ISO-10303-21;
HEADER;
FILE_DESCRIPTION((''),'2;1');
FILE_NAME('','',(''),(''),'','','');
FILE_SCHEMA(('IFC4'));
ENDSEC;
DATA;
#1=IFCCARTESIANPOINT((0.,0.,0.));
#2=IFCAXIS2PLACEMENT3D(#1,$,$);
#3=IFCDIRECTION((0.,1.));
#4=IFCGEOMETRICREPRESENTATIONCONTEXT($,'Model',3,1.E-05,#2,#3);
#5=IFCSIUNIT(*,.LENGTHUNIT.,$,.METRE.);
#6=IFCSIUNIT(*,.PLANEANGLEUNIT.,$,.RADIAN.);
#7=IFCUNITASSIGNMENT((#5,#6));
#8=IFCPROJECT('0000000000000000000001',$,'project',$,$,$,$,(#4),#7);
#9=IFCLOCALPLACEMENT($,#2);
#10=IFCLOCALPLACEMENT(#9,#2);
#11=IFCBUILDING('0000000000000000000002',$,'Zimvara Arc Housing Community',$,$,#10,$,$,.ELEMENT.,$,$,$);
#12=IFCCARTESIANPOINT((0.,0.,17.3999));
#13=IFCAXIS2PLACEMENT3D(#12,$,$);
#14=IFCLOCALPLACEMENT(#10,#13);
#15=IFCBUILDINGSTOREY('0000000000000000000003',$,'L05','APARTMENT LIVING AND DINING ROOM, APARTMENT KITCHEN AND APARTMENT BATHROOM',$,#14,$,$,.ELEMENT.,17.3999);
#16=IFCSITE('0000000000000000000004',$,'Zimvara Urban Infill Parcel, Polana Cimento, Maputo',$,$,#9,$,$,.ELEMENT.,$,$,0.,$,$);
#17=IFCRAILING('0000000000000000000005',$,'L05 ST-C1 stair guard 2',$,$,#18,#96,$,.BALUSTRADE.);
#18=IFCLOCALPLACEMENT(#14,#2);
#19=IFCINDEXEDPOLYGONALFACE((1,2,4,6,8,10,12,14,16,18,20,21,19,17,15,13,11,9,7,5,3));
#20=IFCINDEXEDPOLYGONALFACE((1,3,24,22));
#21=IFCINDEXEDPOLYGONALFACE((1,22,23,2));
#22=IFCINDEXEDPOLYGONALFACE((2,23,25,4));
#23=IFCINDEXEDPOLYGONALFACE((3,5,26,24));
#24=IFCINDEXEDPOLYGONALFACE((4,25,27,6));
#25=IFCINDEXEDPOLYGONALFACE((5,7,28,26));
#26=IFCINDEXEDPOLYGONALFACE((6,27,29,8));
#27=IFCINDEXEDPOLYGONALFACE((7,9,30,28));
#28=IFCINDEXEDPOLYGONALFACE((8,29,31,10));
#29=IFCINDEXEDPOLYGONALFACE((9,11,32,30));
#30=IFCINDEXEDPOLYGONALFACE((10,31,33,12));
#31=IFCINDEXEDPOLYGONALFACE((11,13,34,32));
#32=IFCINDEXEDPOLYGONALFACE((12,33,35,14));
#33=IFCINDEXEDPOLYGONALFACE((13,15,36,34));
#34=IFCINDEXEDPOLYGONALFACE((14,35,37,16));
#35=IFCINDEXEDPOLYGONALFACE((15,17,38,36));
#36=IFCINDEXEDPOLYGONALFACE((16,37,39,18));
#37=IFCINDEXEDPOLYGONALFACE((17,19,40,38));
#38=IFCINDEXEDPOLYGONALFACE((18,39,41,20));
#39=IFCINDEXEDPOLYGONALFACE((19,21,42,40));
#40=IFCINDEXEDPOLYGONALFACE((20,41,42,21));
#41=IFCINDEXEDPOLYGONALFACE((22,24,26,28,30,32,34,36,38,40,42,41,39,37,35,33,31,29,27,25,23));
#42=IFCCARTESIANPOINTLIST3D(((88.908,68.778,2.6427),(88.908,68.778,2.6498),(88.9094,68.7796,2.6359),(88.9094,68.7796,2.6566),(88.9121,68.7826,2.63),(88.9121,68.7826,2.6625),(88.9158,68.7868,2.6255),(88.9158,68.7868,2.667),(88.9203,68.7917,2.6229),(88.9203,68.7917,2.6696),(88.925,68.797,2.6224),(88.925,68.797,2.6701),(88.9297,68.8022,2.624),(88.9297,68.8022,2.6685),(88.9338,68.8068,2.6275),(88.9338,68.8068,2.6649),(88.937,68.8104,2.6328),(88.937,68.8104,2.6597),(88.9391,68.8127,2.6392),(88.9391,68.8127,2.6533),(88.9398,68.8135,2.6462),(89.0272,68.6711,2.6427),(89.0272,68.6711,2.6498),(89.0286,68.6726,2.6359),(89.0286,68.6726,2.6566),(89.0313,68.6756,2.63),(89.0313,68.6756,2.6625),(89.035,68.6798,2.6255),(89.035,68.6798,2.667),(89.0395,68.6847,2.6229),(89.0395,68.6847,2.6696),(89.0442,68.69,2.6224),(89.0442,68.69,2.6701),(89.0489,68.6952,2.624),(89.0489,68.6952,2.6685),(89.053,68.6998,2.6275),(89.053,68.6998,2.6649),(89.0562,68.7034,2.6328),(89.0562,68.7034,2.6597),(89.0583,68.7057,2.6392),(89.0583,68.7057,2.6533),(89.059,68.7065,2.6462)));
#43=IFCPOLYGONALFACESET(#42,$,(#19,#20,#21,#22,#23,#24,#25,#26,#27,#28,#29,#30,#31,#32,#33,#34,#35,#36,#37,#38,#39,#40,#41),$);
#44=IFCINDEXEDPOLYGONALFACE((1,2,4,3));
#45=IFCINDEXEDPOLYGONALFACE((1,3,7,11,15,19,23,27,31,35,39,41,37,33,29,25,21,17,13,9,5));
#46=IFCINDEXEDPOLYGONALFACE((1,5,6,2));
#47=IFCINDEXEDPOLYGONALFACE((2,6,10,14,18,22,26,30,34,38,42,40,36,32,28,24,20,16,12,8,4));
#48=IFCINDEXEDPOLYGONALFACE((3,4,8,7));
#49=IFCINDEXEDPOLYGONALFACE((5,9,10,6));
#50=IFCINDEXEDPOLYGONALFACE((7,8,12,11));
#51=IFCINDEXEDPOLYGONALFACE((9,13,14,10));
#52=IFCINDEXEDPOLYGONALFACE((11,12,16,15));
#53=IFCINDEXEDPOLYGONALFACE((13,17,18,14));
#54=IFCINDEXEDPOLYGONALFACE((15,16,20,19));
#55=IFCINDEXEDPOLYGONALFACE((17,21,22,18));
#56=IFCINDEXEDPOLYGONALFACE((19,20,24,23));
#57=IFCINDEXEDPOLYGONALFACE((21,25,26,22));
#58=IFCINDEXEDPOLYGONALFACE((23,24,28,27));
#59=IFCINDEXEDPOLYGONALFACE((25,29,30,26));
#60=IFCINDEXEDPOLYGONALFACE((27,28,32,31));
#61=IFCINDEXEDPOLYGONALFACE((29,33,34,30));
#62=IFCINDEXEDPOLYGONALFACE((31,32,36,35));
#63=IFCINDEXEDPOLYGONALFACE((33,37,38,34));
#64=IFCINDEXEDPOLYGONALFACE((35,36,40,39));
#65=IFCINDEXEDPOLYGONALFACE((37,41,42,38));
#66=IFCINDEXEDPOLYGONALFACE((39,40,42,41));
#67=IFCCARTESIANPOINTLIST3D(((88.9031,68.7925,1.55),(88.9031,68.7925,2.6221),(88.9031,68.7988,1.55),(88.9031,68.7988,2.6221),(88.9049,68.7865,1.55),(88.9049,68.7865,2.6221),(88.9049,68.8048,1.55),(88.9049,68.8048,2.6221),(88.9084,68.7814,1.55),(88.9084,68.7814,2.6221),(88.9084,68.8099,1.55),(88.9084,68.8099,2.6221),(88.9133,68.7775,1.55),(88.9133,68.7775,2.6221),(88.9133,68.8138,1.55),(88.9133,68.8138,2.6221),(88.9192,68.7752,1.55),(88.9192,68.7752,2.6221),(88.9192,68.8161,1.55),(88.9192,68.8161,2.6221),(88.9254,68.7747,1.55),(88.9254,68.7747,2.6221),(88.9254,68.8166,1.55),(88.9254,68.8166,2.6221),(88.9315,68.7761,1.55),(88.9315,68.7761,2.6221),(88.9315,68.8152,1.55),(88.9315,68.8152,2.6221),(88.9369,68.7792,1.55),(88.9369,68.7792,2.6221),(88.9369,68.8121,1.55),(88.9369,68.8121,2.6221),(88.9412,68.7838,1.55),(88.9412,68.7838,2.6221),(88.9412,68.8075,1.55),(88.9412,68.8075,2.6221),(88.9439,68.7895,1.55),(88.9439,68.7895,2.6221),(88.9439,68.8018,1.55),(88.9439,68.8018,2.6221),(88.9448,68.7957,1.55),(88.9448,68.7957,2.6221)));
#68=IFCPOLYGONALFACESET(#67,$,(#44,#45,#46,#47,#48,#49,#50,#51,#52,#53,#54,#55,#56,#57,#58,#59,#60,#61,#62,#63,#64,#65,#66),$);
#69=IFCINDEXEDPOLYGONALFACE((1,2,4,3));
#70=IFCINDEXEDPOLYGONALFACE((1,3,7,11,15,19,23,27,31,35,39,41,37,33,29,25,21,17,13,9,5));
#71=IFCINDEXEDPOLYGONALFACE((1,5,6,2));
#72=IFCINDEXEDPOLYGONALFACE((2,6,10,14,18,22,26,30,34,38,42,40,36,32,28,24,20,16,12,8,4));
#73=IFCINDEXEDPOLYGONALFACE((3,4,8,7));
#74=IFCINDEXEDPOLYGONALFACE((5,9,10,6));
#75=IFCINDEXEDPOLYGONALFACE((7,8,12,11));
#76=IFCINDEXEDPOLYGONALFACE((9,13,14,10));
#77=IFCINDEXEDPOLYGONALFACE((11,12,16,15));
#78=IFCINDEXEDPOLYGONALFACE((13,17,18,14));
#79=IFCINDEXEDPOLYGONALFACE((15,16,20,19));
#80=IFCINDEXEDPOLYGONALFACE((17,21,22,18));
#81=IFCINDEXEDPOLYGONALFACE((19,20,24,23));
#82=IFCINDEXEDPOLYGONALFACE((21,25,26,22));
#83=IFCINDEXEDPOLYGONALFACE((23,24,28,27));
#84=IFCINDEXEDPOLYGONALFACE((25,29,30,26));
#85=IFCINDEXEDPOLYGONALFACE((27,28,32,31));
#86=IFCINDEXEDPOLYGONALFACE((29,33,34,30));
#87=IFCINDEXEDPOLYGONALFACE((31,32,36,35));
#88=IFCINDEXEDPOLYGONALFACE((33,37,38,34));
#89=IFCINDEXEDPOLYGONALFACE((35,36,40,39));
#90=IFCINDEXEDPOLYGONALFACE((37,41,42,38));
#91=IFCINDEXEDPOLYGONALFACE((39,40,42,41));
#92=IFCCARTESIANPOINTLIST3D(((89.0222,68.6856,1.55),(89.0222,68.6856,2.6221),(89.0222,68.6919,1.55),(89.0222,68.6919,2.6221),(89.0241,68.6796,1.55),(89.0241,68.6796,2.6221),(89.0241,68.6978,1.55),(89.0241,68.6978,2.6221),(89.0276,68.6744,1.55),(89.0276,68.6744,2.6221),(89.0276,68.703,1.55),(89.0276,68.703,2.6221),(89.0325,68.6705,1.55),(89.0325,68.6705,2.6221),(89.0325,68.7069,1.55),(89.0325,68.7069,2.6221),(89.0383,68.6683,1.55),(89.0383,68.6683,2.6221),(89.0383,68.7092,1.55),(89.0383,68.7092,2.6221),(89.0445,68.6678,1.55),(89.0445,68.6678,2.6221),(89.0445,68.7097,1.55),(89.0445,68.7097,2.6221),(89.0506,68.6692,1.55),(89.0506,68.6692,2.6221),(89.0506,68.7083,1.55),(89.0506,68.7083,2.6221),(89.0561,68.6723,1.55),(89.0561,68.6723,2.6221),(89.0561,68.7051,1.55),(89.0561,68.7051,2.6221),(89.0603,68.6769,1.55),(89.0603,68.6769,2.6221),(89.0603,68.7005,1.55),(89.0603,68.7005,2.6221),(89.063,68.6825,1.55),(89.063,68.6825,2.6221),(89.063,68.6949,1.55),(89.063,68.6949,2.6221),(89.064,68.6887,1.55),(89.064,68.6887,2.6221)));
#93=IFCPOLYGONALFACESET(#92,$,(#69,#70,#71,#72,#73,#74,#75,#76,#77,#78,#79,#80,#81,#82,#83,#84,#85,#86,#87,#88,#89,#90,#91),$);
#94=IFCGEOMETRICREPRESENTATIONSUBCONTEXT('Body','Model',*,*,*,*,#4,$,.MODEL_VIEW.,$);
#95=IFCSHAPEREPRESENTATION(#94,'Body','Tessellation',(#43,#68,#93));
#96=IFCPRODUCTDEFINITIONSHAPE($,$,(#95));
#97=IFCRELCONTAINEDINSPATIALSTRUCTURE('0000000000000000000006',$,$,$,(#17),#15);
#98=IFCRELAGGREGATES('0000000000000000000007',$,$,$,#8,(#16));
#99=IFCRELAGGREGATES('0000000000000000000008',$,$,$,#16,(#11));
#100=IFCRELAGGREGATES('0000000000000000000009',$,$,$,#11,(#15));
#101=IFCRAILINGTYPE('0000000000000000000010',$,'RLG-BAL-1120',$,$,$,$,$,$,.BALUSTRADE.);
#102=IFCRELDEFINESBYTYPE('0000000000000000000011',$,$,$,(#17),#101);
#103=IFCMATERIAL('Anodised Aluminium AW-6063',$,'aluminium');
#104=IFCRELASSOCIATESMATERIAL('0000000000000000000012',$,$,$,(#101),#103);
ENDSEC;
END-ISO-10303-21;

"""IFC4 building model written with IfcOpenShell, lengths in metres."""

from ifc_helpers import new_model, si_unit, direction, frame, origin, origin_2d, place, context, subcontext, project, spatial, circle, extrude, material, type_object, element, save


model = new_model("IFC4")

# Units and contexts
model_context = context("Model", 3, precision=1e-05, world=origin(), true_north=direction((0.0, 1.0)))
body_context = subcontext(model_context, "Body", "Model", "MODEL_VIEW")
ifc_project = project(units=[si_unit("LENGTHUNIT", "METRE"), si_unit("PLANEANGLEUNIT", "RADIAN")], contexts=[model_context])

# Site, building, storey
site_placement = place(None, origin())
site = spatial("IfcSite", under=ifc_project, at=site_placement, Name="Zimvara Urban Infill Parcel, Polana Cimento, Maputo", CompositionType="ELEMENT", RefElevation=0.0)
building_placement = place(site_placement, origin())
building = spatial("IfcBuilding", under=site, at=building_placement, Name="Zimvara Arc Housing Community", CompositionType="ELEMENT")
storey_placement = place(building_placement, frame((0.0, 0.0, 17.3999)))
storey = spatial("IfcBuildingStorey", under=building, at=storey_placement, Name="L05", Description="APARTMENT LIVING AND DINING ROOM, APARTMENT KITCHEN AND APARTMENT BATHROOM", CompositionType="ELEMENT", Elevation=17.3999)

# Railing
ifc_material_1 = material(Name="Anodised Aluminium AW-6063", Category="aluminium")
railing_type_1 = type_object("IfcRailingType", Name="RLG-BAL-1120", PredefinedType="BALUSTRADE", material=ifc_material_1)
railing_1_placement = place(storey_placement, frame((88.9238, 68.7957, 1.55)))
element("IfcRailing", 1, at=railing_1_placement, inside=storey, type_object=railing_type_1, Name="L05 ST-C1 stair guard 2", PredefinedType="BALUSTRADE", context=body_context, shape_type="SweptSolid", body=[
    extrude(circle(Radius=0.0239, at=origin_2d()), frame((0.0, 0.0, 1.0962), z_axis=(0.744203, -0.667953, 0.0), x_axis=(0.667953, 0.744203, 0.0)), (0.0, 0.0, 1.0), 0.1602),
    extrude(circle(Radius=0.021, at=origin_2d()), origin(), (0.0, 0.0, 1.0), 1.072),
    extrude(circle(Radius=0.021, at=origin_2d()), frame((0.1191, -0.1069, 0.0)), (0.0, 0.0, 1.0), 1.072),
])

save(model, "model.ifc")
